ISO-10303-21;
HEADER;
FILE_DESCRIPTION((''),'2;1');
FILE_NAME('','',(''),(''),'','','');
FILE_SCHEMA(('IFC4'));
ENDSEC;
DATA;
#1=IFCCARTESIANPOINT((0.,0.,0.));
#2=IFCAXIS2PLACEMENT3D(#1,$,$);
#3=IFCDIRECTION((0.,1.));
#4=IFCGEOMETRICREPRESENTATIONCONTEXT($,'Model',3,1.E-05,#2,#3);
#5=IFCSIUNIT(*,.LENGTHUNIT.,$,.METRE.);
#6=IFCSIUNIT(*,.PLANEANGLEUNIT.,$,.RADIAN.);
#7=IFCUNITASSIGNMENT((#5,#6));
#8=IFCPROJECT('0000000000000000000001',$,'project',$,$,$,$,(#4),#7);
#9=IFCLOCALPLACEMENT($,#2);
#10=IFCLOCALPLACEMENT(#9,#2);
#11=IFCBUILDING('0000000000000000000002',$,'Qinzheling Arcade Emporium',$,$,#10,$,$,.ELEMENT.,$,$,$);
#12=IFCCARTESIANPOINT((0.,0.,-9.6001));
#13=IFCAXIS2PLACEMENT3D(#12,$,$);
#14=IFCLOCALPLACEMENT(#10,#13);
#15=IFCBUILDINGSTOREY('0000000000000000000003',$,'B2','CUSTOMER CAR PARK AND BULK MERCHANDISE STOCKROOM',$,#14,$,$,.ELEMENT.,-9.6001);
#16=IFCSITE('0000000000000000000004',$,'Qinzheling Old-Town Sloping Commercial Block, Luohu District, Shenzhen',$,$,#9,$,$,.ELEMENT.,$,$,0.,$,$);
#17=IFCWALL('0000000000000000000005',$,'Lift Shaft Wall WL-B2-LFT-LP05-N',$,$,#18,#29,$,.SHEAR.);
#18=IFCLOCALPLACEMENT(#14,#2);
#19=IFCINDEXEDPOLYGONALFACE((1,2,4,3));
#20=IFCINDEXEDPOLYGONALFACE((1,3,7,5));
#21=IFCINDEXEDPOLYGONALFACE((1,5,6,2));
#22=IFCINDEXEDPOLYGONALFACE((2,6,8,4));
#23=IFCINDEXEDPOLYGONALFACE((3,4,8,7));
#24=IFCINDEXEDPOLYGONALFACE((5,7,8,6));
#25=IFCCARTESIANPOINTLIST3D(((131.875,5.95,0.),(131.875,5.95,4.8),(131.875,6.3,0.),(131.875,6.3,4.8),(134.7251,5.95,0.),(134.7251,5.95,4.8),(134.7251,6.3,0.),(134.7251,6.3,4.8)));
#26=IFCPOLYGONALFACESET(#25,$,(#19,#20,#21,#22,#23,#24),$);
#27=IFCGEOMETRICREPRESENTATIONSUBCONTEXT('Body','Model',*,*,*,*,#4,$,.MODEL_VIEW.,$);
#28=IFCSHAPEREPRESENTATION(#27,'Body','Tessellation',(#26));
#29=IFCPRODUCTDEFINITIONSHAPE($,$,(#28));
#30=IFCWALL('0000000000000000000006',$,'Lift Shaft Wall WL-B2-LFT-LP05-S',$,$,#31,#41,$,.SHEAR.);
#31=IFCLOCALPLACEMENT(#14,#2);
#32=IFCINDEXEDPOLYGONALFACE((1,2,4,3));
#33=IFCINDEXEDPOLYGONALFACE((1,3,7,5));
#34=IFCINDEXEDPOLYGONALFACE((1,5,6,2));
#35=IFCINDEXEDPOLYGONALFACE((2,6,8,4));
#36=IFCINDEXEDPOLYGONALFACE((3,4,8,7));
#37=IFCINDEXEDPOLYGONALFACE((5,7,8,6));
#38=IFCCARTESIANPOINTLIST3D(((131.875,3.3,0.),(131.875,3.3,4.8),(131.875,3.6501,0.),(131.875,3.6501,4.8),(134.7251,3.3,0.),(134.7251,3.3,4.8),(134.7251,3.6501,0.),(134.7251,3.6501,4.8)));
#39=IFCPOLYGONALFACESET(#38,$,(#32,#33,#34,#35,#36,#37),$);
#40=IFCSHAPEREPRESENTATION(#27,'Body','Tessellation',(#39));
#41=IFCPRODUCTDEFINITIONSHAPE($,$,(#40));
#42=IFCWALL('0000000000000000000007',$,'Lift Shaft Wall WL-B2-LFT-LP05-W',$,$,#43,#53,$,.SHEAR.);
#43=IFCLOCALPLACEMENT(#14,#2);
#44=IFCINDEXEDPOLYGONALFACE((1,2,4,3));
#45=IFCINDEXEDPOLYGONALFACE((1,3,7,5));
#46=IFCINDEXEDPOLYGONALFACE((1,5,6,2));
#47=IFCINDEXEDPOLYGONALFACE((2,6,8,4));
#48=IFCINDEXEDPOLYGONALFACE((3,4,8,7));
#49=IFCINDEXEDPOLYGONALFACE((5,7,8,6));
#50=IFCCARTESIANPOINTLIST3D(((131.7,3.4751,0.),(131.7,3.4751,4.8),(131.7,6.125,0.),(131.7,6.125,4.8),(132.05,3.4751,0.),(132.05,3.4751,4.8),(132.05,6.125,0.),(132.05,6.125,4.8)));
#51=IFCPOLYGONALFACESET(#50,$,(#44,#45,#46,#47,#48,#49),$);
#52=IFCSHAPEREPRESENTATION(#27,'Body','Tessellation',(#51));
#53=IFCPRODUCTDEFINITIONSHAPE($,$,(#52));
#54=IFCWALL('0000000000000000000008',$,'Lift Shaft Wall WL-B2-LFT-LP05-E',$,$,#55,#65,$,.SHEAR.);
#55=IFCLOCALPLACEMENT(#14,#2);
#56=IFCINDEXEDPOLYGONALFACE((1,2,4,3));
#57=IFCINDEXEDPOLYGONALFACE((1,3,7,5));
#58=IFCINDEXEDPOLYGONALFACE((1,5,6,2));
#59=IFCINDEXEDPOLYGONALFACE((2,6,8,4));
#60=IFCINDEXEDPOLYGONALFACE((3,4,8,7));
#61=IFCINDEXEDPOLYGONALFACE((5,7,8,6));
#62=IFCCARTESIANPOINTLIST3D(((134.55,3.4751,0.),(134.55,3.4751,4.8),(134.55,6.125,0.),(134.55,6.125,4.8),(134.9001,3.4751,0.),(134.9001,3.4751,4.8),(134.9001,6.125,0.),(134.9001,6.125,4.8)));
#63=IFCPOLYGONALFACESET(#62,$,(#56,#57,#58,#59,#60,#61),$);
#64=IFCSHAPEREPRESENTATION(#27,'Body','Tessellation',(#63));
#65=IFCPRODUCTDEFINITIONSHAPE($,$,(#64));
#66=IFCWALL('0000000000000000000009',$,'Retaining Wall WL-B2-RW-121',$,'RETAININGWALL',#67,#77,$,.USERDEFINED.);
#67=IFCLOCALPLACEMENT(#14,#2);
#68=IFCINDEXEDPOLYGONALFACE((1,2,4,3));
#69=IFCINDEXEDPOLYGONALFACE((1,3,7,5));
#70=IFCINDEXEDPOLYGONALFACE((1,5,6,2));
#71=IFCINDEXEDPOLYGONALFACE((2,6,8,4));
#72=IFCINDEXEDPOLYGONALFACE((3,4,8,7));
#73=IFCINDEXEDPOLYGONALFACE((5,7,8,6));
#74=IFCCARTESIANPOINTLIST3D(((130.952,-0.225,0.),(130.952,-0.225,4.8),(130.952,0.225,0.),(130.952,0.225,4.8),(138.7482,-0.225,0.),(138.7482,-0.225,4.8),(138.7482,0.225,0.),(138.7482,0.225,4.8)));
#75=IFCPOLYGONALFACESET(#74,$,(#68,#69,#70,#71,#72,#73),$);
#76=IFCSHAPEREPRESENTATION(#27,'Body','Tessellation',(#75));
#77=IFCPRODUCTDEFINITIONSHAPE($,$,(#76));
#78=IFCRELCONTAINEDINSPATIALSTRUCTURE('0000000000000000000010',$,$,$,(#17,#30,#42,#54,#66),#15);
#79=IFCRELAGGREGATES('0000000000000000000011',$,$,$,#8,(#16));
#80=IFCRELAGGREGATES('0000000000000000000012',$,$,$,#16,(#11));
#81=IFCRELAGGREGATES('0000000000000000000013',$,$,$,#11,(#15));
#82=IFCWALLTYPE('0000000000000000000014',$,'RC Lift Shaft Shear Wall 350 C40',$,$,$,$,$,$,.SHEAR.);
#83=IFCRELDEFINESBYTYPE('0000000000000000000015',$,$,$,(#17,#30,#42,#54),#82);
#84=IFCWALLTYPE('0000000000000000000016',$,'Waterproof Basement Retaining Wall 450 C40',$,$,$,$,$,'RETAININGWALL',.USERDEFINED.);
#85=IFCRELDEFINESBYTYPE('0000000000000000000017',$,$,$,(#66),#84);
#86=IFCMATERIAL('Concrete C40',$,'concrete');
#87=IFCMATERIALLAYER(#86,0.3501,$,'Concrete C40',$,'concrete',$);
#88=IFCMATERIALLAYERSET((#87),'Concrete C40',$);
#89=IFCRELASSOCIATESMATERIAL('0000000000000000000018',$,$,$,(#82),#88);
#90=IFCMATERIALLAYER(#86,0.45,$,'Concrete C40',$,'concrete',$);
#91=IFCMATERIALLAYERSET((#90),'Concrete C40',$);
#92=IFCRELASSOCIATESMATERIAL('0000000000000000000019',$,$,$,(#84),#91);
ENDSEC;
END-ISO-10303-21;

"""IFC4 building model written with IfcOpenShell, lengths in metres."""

from ifc_helpers import new_model, si_unit, direction, frame, frame_2d, origin, place, context, subcontext, project, spatial, rectangle, extrude, material, layer, layer_set, type_object, element, save


model = new_model("IFC4")

# Units and contexts
model_context = context("Model", 3, precision=1e-05, world=origin(), true_north=direction((0.0, 1.0)))
body_context = subcontext(model_context, "Body", "Model", "MODEL_VIEW")
ifc_project = project(units=[si_unit("LENGTHUNIT", "METRE"), si_unit("PLANEANGLEUNIT", "RADIAN")], contexts=[model_context])

# Site, building, storey
site_placement = place(None, origin())
site = spatial("IfcSite", under=ifc_project, at=site_placement, Name="Qinzheling Old-Town Sloping Commercial Block, Luohu District, Shenzhen", CompositionType="ELEMENT", RefElevation=0.0)
building_placement = place(site_placement, origin())
building = spatial("IfcBuilding", under=site, at=building_placement, Name="Qinzheling Arcade Emporium", CompositionType="ELEMENT")
storey_placement = place(building_placement, frame((0.0, 0.0, -9.6001)))
storey = spatial("IfcBuildingStorey", under=building, at=storey_placement, Name="B2", Description="CUSTOMER CAR PARK AND BULK MERCHANDISE STOCKROOM", CompositionType="ELEMENT", Elevation=-9.6001)

# Shared definitions
ifc_material_1 = material(Name="Concrete C40", Category="concrete")

# Walls
ifc_layer_1 = layer(ifc_material_1, 0.3501, Name="Concrete C40", Category="concrete")
ifc_layer_set_1 = layer_set([ifc_layer_1], Name="Concrete C40")
wall_type_1 = type_object("IfcWallType", Name="RC Lift Shaft Shear Wall 350 C40", PredefinedType="SHEAR", material=ifc_layer_set_1)
for number, where, z_axis, x_axis, name in (
    (1, (131.875, 6.125, 0.0), (0.0, 0.0, 1.0), (1.0, 0.0, 0.0), "Lift Shaft Wall WL-B2-LFT-LP05-N"),
    (2, (134.7251, 3.4751, 0.0), (0.0, 0.0, 1.0), (-1.0, 0.0, 0.0), "Lift Shaft Wall WL-B2-LFT-LP05-S"),
):
    element("IfcWall", number, at=place(storey_placement, frame(where, z_axis=z_axis, x_axis=x_axis)), inside=storey, type_object=wall_type_1, Name=name, PredefinedType="SHEAR", context=body_context, shape_type="SweptSolid", body=[
        extrude(rectangle(XDim=2.8501, YDim=0.3501, at=frame_2d((1.425, 0.0))), origin(), (0.0, 0.0, 1.0), 4.8),
    ])
for number, where, z_axis, x_axis, name in (
    (3, (131.875, 3.4751, 0.0), (0.0, 0.0, 1.0), (0.0, 1.0, 0.0), "Lift Shaft Wall WL-B2-LFT-LP05-W"),
    (4, (134.7251, 6.125, 0.0), (0.0, 0.0, 1.0), (0.0, -1.0, 0.0), "Lift Shaft Wall WL-B2-LFT-LP05-E"),
):
    element("IfcWall", number, at=place(storey_placement, frame(where, z_axis=z_axis, x_axis=x_axis)), inside=storey, type_object=wall_type_1, Name=name, PredefinedType="SHEAR", context=body_context, shape_type="SweptSolid", body=[
        extrude(rectangle(XDim=2.6499, YDim=0.3501, at=frame_2d((1.325, 0.0))), origin(), (0.0, 0.0, 1.0), 4.8),
    ])
ifc_layer_2 = layer(ifc_material_1, 0.45, Name="Concrete C40", Category="concrete")
ifc_layer_set_2 = layer_set([ifc_layer_2], Name="Concrete C40")
wall_type_2 = type_object("IfcWallType", Name="Waterproof Basement Retaining Wall 450 C40", ElementType="RETAININGWALL", PredefinedType="USERDEFINED", material=ifc_layer_set_2)
wall_1_placement = place(storey_placement, frame((138.748, 0.0, 0.0), z_axis=(0.0, 0.0, 1.0), x_axis=(-1.0, 0.0, 0.0)))
element("IfcWall", 5, at=wall_1_placement, inside=storey, type_object=wall_type_2, Name="Retaining Wall WL-B2-RW-121", ObjectType="RETAININGWALL", PredefinedType="USERDEFINED", context=body_context, shape_type="SweptSolid", body=[
    extrude(rectangle(XDim=7.7961, YDim=0.45, at=frame_2d((3.8979, 0.0))), origin(), (0.0, 0.0, 1.0), 4.8),
])

save(model, "model.ifc")
